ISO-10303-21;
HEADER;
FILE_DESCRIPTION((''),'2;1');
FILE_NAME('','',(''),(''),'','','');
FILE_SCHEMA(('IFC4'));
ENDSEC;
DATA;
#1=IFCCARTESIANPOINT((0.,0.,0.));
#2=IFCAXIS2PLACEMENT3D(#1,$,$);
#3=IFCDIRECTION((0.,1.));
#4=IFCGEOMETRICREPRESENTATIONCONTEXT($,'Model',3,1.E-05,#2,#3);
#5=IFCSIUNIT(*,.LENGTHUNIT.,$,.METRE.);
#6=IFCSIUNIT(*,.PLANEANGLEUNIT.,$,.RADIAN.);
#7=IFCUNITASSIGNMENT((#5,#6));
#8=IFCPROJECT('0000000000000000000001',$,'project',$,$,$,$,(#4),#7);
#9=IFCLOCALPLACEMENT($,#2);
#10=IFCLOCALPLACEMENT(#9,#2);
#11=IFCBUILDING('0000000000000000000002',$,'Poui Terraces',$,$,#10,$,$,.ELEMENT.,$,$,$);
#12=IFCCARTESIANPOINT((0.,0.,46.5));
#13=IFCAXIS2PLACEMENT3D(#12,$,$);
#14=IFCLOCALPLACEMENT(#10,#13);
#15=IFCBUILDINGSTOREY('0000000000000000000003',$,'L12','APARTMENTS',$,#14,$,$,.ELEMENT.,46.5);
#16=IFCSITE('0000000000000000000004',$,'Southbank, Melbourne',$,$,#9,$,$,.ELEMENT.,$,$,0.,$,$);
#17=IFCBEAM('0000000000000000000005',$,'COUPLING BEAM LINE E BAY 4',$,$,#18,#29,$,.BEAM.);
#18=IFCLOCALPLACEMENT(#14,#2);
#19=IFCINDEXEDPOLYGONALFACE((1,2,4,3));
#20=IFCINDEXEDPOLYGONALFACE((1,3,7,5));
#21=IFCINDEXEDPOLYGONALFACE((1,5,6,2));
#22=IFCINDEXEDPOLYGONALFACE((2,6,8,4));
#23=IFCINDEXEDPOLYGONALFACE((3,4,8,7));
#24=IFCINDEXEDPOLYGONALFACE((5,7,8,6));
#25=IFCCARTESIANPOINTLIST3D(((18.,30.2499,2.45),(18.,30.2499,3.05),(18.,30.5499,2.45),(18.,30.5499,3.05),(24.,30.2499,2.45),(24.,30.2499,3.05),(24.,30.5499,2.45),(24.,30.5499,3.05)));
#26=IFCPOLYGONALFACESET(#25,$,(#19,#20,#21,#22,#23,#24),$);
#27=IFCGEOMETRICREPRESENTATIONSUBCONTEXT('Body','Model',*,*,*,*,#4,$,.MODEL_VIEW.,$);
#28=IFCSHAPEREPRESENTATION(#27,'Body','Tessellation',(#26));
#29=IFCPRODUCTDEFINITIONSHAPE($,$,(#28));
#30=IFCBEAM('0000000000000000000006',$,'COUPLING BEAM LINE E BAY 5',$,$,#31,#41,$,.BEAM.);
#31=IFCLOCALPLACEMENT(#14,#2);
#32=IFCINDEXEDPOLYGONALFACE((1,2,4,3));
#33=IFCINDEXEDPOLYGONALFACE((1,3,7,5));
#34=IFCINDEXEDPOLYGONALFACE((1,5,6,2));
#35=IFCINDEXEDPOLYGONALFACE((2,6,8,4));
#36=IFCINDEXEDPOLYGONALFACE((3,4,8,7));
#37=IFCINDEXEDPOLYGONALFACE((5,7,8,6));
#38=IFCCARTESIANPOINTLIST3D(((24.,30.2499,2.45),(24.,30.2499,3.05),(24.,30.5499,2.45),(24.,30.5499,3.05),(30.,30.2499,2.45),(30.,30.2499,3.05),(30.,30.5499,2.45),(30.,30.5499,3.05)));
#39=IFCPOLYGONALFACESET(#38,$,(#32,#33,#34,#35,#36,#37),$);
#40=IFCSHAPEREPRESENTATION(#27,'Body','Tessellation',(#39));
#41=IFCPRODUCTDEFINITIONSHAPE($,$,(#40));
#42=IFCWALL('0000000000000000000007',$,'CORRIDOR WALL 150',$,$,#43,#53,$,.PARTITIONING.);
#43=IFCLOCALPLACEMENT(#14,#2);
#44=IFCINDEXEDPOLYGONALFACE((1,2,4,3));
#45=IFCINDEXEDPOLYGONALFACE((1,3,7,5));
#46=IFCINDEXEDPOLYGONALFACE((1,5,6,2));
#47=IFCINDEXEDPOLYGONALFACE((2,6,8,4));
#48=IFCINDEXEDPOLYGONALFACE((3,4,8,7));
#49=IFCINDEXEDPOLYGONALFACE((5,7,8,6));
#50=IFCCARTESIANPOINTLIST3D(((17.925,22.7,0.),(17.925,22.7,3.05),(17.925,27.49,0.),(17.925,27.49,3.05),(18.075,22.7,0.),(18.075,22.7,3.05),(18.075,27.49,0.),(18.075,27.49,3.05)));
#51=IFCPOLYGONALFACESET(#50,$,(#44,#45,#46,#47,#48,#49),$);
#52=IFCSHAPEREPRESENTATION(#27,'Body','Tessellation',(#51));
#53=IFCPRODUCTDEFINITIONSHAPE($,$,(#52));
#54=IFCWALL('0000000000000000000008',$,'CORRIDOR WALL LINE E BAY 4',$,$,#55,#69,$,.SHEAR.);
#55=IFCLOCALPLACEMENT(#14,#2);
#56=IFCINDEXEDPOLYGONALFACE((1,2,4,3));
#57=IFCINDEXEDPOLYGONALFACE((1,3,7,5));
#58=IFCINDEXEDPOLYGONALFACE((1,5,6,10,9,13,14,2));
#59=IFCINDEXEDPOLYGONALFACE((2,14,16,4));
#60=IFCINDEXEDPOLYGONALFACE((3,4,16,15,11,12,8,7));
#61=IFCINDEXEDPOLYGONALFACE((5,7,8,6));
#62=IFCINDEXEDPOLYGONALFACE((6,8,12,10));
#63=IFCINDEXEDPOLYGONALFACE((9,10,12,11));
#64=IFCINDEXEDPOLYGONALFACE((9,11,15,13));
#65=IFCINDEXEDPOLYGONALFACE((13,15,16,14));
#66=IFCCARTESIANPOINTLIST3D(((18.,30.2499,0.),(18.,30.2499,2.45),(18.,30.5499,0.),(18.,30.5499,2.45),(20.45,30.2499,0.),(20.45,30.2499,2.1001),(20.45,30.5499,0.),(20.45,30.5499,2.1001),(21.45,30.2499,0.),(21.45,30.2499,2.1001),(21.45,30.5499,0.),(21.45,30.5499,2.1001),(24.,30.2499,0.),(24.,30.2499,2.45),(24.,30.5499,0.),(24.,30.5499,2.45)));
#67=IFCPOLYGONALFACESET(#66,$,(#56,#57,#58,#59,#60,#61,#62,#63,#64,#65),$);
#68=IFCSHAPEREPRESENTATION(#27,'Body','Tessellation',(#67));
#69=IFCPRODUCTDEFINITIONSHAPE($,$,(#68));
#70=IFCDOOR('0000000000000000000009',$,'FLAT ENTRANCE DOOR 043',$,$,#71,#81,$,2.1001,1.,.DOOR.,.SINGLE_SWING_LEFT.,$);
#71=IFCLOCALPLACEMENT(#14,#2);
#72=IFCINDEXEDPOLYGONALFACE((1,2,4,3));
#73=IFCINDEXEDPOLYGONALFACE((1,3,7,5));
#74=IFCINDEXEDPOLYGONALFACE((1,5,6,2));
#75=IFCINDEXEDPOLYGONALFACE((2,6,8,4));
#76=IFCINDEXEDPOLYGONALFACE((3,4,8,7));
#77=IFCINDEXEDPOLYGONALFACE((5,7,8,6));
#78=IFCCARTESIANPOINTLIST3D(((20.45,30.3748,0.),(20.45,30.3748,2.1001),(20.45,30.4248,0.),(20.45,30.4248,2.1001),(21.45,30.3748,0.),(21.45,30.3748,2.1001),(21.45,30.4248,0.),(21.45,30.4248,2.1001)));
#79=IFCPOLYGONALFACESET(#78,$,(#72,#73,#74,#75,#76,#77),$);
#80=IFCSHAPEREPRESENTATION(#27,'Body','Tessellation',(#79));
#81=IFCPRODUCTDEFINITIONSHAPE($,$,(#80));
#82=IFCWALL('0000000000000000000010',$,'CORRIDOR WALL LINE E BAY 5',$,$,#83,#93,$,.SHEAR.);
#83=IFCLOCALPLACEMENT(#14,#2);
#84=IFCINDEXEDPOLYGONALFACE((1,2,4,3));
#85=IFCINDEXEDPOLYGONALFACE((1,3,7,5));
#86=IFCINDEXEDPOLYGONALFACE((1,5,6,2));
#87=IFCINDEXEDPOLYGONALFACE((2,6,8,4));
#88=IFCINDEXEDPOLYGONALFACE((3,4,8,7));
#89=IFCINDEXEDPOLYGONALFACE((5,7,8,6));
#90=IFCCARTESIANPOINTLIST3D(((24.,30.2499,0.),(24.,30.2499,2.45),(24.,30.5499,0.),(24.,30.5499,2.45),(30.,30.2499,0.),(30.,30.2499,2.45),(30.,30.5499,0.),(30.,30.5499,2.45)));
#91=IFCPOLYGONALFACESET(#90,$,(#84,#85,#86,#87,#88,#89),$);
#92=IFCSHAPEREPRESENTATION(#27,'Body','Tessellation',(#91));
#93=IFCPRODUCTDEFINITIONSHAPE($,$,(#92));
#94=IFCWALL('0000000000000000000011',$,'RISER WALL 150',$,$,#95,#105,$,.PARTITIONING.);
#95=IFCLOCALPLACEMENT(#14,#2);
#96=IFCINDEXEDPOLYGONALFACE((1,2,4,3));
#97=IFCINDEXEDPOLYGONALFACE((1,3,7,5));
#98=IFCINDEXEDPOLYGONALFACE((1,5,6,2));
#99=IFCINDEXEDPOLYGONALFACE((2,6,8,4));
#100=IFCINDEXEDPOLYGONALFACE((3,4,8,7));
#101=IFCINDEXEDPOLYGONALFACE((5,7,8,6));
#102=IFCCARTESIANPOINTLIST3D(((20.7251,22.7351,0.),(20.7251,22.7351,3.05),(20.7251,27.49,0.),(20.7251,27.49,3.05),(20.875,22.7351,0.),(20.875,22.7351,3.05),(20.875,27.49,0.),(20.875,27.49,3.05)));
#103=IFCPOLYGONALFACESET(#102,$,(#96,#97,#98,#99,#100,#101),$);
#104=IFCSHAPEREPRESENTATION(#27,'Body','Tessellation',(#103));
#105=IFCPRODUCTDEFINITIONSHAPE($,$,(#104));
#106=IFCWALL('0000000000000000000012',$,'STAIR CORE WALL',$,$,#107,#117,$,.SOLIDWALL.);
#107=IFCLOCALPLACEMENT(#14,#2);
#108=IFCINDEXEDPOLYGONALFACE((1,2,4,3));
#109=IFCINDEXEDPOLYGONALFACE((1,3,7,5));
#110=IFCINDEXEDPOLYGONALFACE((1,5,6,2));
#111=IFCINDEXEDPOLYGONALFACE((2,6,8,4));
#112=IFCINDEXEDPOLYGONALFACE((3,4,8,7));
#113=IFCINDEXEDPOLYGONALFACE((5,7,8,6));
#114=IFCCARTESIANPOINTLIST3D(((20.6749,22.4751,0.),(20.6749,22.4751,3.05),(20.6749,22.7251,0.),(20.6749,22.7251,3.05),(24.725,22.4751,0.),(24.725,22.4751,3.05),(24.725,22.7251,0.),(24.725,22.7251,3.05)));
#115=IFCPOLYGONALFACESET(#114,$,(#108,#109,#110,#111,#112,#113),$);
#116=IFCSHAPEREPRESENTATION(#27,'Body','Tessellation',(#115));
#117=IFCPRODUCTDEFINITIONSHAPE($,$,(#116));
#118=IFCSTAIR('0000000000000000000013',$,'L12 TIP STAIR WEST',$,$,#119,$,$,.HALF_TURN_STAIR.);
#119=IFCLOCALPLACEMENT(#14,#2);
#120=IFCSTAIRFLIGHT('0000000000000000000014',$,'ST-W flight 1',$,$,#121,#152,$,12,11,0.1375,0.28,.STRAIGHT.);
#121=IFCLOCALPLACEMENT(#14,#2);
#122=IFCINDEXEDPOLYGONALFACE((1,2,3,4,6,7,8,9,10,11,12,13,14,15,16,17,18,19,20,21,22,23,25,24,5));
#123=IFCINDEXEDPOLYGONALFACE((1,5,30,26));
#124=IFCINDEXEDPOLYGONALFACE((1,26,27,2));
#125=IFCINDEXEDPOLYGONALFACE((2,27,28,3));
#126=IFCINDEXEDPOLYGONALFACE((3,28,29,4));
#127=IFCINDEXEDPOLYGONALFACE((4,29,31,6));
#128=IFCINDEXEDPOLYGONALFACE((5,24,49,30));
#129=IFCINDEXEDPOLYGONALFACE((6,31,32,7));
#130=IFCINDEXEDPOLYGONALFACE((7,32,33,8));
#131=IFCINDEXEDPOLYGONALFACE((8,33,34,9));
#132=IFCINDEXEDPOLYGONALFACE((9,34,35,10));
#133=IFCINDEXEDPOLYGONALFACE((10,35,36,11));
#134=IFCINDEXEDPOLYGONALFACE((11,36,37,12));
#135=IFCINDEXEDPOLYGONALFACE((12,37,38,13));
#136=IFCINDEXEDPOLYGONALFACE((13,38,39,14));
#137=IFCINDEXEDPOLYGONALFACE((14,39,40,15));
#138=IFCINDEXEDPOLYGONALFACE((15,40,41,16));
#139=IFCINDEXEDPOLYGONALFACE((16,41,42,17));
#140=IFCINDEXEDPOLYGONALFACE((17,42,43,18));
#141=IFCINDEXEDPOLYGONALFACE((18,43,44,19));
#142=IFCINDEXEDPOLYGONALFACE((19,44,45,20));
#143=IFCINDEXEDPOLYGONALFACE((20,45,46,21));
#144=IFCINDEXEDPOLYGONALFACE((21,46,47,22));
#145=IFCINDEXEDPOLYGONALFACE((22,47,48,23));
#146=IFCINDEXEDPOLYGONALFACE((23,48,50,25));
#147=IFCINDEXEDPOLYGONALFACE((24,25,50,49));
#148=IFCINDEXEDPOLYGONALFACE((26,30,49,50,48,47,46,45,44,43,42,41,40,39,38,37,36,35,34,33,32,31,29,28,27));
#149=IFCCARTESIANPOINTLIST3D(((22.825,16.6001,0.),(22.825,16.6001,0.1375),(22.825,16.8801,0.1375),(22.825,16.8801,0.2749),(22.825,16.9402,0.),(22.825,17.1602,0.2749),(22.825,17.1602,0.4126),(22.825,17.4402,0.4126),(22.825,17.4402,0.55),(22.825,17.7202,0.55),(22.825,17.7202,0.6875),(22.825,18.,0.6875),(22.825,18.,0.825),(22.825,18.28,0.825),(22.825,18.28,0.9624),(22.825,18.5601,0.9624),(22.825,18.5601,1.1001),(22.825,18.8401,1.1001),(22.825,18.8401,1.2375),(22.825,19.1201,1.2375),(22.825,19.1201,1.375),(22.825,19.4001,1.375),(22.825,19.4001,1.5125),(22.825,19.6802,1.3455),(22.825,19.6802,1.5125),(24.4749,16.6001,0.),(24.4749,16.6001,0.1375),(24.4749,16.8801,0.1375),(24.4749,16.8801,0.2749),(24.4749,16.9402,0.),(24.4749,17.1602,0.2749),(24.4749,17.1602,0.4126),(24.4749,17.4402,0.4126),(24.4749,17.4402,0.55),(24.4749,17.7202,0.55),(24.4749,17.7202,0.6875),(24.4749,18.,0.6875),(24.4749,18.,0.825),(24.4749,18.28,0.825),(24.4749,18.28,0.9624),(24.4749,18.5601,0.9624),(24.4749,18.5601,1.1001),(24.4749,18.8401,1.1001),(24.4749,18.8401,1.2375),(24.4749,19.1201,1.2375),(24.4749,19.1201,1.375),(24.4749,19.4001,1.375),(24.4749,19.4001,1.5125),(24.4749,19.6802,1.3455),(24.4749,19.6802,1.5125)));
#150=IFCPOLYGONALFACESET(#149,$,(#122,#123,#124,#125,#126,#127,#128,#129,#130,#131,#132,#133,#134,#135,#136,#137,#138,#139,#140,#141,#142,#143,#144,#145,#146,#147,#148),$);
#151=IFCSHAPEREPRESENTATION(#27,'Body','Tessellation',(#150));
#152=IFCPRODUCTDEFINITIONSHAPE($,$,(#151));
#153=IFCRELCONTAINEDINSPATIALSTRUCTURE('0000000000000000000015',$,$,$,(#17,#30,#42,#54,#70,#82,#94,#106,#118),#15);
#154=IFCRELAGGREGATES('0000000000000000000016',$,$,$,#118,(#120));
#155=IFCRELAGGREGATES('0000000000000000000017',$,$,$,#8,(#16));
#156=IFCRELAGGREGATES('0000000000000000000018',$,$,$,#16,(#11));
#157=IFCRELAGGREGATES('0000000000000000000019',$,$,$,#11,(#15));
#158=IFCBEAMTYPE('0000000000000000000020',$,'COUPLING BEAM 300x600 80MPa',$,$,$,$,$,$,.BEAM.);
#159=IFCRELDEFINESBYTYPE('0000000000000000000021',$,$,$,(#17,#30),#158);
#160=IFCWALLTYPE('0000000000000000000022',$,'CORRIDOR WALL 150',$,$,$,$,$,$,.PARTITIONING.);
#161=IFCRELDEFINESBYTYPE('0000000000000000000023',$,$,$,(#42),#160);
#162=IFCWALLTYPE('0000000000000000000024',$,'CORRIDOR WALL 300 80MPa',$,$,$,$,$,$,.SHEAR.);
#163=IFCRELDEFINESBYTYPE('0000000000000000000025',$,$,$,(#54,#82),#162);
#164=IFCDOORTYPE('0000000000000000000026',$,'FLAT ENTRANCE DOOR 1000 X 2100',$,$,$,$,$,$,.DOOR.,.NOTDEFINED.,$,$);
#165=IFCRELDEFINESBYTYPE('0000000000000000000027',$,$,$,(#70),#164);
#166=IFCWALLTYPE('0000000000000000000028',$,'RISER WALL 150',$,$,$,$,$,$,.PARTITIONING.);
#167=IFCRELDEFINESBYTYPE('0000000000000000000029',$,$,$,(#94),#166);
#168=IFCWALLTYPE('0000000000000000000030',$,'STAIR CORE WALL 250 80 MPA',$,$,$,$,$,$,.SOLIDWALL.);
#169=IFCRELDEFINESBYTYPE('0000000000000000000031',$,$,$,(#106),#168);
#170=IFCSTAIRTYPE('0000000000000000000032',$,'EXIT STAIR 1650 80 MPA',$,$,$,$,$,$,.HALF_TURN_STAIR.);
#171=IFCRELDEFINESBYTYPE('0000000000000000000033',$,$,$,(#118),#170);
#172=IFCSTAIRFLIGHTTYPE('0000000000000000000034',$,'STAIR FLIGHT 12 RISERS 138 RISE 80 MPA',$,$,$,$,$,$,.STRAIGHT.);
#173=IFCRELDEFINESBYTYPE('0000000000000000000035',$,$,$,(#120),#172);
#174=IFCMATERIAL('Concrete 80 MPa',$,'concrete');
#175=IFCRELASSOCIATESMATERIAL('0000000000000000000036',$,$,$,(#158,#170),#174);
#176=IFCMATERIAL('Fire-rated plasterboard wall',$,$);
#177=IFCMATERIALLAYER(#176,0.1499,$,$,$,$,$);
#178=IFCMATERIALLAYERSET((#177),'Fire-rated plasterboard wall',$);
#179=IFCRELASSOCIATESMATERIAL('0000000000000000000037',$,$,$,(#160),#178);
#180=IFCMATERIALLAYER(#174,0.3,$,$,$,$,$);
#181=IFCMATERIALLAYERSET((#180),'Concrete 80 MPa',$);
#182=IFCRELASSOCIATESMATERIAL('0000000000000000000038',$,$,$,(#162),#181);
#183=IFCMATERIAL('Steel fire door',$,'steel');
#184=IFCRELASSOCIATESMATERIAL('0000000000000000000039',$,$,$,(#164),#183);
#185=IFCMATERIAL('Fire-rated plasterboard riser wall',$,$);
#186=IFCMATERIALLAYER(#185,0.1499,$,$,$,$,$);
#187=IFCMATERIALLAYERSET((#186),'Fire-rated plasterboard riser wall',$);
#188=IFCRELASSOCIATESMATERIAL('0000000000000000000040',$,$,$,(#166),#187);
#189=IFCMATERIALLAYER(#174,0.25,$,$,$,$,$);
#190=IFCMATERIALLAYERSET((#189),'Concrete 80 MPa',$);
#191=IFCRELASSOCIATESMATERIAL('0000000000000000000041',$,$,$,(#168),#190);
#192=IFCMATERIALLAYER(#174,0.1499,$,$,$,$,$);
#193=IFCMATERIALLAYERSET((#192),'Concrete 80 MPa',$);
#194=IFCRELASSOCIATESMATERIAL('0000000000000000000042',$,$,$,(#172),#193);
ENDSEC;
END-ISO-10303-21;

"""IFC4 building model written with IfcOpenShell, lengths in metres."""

from ifc_helpers import new_model, si_unit, direction, frame, frame_2d, origin, origin_2d, place, context, subcontext, project, spatial, polyline, rectangle, outline, extrude, source, transform, mapped, material, layer, layer_set, material_profile, profile_set, type_object, element, fill, aggregate, save


model = new_model("IFC4")

# Units and contexts
model_context = context("Model", 3, precision=1e-05, world=origin(), true_north=direction((0.0, 1.0)))
body_context = subcontext(model_context, "Body", "Model", "MODEL_VIEW")
ifc_project = project(units=[si_unit("LENGTHUNIT", "METRE"), si_unit("PLANEANGLEUNIT", "RADIAN")], contexts=[model_context])

# Site, building, storey
site_placement = place(None, origin())
site = spatial("IfcSite", under=ifc_project, at=site_placement, Name="Southbank, Melbourne", CompositionType="ELEMENT", RefElevation=0.0)
building_placement = place(site_placement, origin())
building = spatial("IfcBuilding", under=site, at=building_placement, Name="Poui Terraces", CompositionType="ELEMENT")
storey_placement = place(building_placement, frame((0.0, 0.0, 46.5)))
storey = spatial("IfcBuildingStorey", under=building, at=storey_placement, Name="L12", Description="APARTMENTS", CompositionType="ELEMENT", Elevation=46.5)

# Beams
ifc_material_1 = material(Name="Concrete 80 MPa", Category="concrete")
ifc_material_profile = material_profile(ifc_material_1, rectangle(XDim=0.3, YDim=0.6001, at=origin_2d()), Name="RC 300x600")
ifc_profile_set = profile_set([ifc_material_profile], Name="Concrete 80 MPa")
beam_type = type_object("IfcBeamType", Name="COUPLING BEAM 300x600 80MPa", PredefinedType="BEAM", material=ifc_profile_set)
shared_shape = source(origin(), body_context, "Body", "SweptSolid", [
    extrude(rectangle(XDim=0.3, YDim=0.6001, at=origin_2d()), origin(), (0.0, 0.0, 1.0), 6.0),
])
for number, where, z_axis, x_axis, name in (
    (1, (18.0, 30.3999, 2.75), (1.0, 0.0, 0.0), (0.0, 1.0, 0.0), "COUPLING BEAM LINE E BAY 4"),
    (2, (24.0, 30.3999, 2.75), (1.0, 0.0, 0.0), (0.0, 1.0, 0.0), "COUPLING BEAM LINE E BAY 5"),
):
    element("IfcBeam", number, at=place(storey_placement, frame(where, z_axis=z_axis, x_axis=x_axis)), inside=storey, type_object=beam_type, Name=name, PredefinedType="BEAM", context=body_context, shape_type="MappedRepresentation", body=[
        mapped(shared_shape, transform((0.0, 0.0, 0.0))),
    ])

# Wall
ifc_material_2 = material(Name="Fire-rated plasterboard wall")
ifc_layer_1 = layer(ifc_material_2, 0.1499)
ifc_layer_set_1 = layer_set([ifc_layer_1], Name="Fire-rated plasterboard wall")
wall_type_1 = type_object("IfcWallType", Name="CORRIDOR WALL 150", PredefinedType="PARTITIONING", material=ifc_layer_set_1)
wall_1_placement = place(storey_placement, frame((18.0, 22.7, 0.0), z_axis=(0.0, 0.0, 1.0), x_axis=(0.0, 1.0, 0.0)))
element("IfcWall", 3, at=wall_1_placement, inside=storey, type_object=wall_type_1, Name="CORRIDOR WALL 150", PredefinedType="PARTITIONING", context=body_context, shape_type="SweptSolid", body=[
    extrude(rectangle(XDim=4.79, YDim=0.1499, at=frame_2d((2.395, 0.0))), origin(), (0.0, 0.0, 1.0), 3.05),
])

# Wall, opening, door
ifc_layer_2 = layer(ifc_material_1, 0.3)
ifc_layer_set_2 = layer_set([ifc_layer_2], Name="Concrete 80 MPa")
wall_type_2 = type_object("IfcWallType", Name="CORRIDOR WALL 300 80MPa", PredefinedType="SHEAR", material=ifc_layer_set_2)
wall_2_placement = place(storey_placement, frame((18.0, 30.3999, 0.0), z_axis=(0.0, 0.0, 1.0), x_axis=(1.0, 0.0, 0.0)))
wall_2 = element("IfcWall", 4, at=wall_2_placement, inside=storey, type_object=wall_type_2, Name="CORRIDOR WALL LINE E BAY 4", PredefinedType="SHEAR", context=body_context, shape_type="SweptSolid", body=[
    extrude(rectangle(XDim=6.0, YDim=0.3, at=frame_2d((3.0, 0.0))), origin(), (0.0, 0.0, 1.0), 2.45),
])
opening_placement = place(wall_2_placement, frame((2.45, 0.0, 0.0)))
opening = element("IfcOpeningElement", 5, at=opening_placement, cuts=wall_2, PredefinedType="OPENING", context=body_context, shape_type="SweptSolid", body=[
    extrude(rectangle(XDim=1.0, YDim=2.1001, at=frame_2d((0.5, 1.05))), frame((0.0, 0.1602, 0.0), z_axis=(0.0, -1.0, 0.0), x_axis=(1.0, 0.0, 0.0)), (0.0, 0.0, 1.0), 0.3201),
])
ifc_material_3 = material(Name="Steel fire door", Category="steel")
door_type = type_object("IfcDoorType", Name="FLAT ENTRANCE DOOR 1000 X 2100", OperationType="NOTDEFINED", PredefinedType="DOOR", material=ifc_material_3)
door_placement = place(opening_placement, origin())
door = element("IfcDoor", 6, at=door_placement, inside=storey, type_object=door_type, Name="FLAT ENTRANCE DOOR 043", OperationType="SINGLE_SWING_LEFT", OverallHeight=2.1001, OverallWidth=1.0, PredefinedType="DOOR", context=body_context, shape_type="SweptSolid", body=[
    extrude(rectangle(XDim=1.0, YDim=2.1001, at=frame_2d((0.5, 1.05))), frame((0.0, 0.0249, 0.0), z_axis=(0.0, -1.0, 0.0), x_axis=(1.0, 0.0, 0.0)), (0.0, 0.0, 1.0), 0.05),
])
fill(opening, door)

# Walls
wall_3_placement = place(storey_placement, frame((24.0, 30.3999, 0.0), z_axis=(0.0, 0.0, 1.0), x_axis=(1.0, 0.0, 0.0)))
element("IfcWall", 7, at=wall_3_placement, inside=storey, type_object=wall_type_2, Name="CORRIDOR WALL LINE E BAY 5", PredefinedType="SHEAR", context=body_context, shape_type="SweptSolid", body=[
    extrude(rectangle(XDim=6.0, YDim=0.3, at=frame_2d((3.0, 0.0))), origin(), (0.0, 0.0, 1.0), 2.45),
])
ifc_material_4 = material(Name="Fire-rated plasterboard riser wall")
ifc_layer_3 = layer(ifc_material_4, 0.1499)
ifc_layer_set_3 = layer_set([ifc_layer_3], Name="Fire-rated plasterboard riser wall")
wall_type_3 = type_object("IfcWallType", Name="RISER WALL 150", PredefinedType="PARTITIONING", material=ifc_layer_set_3)
wall_4_placement = place(storey_placement, frame((20.8, 22.7351, 0.0), z_axis=(0.0, 0.0, 1.0), x_axis=(0.0, 1.0, 0.0)))
element("IfcWall", 8, at=wall_4_placement, inside=storey, type_object=wall_type_3, Name="RISER WALL 150", PredefinedType="PARTITIONING", context=body_context, shape_type="SweptSolid", body=[
    extrude(rectangle(XDim=4.7549, YDim=0.1499, at=frame_2d((2.3774, 0.0))), origin(), (0.0, 0.0, 1.0), 3.05),
])
ifc_layer_4 = layer(ifc_material_1, 0.25)
ifc_layer_set_4 = layer_set([ifc_layer_4], Name="Concrete 80 MPa")
wall_type_4 = type_object("IfcWallType", Name="STAIR CORE WALL 250 80 MPA", PredefinedType="SOLIDWALL", material=ifc_layer_set_4)
wall_5_placement = place(storey_placement, frame((20.675, 22.6001, 0.0), z_axis=(0.0, 0.0, 1.0), x_axis=(1.0, 0.0, 0.0)))
element("IfcWall", 9, at=wall_5_placement, inside=storey, type_object=wall_type_4, Name="STAIR CORE WALL", PredefinedType="SOLIDWALL", context=body_context, shape_type="SweptSolid", body=[
    extrude(rectangle(XDim=4.05, YDim=0.25, at=frame_2d((2.0249, 0.0))), origin(), (0.0, 0.0, 1.0), 3.05),
])

# Stair, stair flight
stair_type = type_object("IfcStairType", Name="EXIT STAIR 1650 80 MPA", PredefinedType="HALF_TURN_STAIR", material=ifc_material_1)
stair_placement = place(storey_placement, origin())
stair = element("IfcStair", 10, at=stair_placement, inside=storey, type_object=stair_type, Name="L12 TIP STAIR WEST", PredefinedType="HALF_TURN_STAIR")
ifc_layer_5 = layer(ifc_material_1, 0.1499)
ifc_layer_set_5 = layer_set([ifc_layer_5], Name="Concrete 80 MPa")
stair_flight_type = type_object("IfcStairFlightType", Name="STAIR FLIGHT 12 RISERS 138 RISE 80 MPA", PredefinedType="STRAIGHT", material=ifc_layer_set_5)
stair_flight_1_placement = place(storey_placement, frame((23.6499, 16.6001, 0.0), z_axis=(0.0, 0.0, 1.0), x_axis=(0.0, 1.0, 0.0)))
stair_flight_1 = element("IfcStairFlight", 11, at=stair_flight_1_placement, type_object=stair_flight_type, Name="ST-W flight 1", NumberOfRisers=12, NumberOfTreads=11, PredefinedType="STRAIGHT", RiserHeight=0.1375, TreadLength=0.28, context=body_context, shape_type="SweptSolid", body=[
    extrude(outline(polyline([(0.0, 0.0), (0.0, 0.1375), (0.28, 0.1375), (0.28, 0.2749), (0.5601, 0.2749), (0.5601, 0.4126), (0.8401, 0.4126), (0.8401, 0.55), (1.1201, 0.55), (1.1201, 0.6875), (1.3999, 0.6875), (1.3999, 0.825), (1.6799, 0.825), (1.6799, 0.9624), (1.96, 0.9624), (1.96, 1.1001), (2.24, 1.1001), (2.24, 1.2375), (2.52, 1.2375), (2.52, 1.375), (2.8, 1.375), (2.8, 1.5125), (3.0801, 1.5125), (3.0801, 1.6499), (3.0801, 1.3455), (0.3401, 0.0), (0.0, 0.0)])), frame((0.0, 0.825, 0.0), z_axis=(0.0, -1.0, 0.0), x_axis=(1.0, 0.0, 0.0)), (0.0, 0.0, 1.0), 1.6499),
])
aggregate(stair, [stair_flight_1])

save(model, "model.ifc")
